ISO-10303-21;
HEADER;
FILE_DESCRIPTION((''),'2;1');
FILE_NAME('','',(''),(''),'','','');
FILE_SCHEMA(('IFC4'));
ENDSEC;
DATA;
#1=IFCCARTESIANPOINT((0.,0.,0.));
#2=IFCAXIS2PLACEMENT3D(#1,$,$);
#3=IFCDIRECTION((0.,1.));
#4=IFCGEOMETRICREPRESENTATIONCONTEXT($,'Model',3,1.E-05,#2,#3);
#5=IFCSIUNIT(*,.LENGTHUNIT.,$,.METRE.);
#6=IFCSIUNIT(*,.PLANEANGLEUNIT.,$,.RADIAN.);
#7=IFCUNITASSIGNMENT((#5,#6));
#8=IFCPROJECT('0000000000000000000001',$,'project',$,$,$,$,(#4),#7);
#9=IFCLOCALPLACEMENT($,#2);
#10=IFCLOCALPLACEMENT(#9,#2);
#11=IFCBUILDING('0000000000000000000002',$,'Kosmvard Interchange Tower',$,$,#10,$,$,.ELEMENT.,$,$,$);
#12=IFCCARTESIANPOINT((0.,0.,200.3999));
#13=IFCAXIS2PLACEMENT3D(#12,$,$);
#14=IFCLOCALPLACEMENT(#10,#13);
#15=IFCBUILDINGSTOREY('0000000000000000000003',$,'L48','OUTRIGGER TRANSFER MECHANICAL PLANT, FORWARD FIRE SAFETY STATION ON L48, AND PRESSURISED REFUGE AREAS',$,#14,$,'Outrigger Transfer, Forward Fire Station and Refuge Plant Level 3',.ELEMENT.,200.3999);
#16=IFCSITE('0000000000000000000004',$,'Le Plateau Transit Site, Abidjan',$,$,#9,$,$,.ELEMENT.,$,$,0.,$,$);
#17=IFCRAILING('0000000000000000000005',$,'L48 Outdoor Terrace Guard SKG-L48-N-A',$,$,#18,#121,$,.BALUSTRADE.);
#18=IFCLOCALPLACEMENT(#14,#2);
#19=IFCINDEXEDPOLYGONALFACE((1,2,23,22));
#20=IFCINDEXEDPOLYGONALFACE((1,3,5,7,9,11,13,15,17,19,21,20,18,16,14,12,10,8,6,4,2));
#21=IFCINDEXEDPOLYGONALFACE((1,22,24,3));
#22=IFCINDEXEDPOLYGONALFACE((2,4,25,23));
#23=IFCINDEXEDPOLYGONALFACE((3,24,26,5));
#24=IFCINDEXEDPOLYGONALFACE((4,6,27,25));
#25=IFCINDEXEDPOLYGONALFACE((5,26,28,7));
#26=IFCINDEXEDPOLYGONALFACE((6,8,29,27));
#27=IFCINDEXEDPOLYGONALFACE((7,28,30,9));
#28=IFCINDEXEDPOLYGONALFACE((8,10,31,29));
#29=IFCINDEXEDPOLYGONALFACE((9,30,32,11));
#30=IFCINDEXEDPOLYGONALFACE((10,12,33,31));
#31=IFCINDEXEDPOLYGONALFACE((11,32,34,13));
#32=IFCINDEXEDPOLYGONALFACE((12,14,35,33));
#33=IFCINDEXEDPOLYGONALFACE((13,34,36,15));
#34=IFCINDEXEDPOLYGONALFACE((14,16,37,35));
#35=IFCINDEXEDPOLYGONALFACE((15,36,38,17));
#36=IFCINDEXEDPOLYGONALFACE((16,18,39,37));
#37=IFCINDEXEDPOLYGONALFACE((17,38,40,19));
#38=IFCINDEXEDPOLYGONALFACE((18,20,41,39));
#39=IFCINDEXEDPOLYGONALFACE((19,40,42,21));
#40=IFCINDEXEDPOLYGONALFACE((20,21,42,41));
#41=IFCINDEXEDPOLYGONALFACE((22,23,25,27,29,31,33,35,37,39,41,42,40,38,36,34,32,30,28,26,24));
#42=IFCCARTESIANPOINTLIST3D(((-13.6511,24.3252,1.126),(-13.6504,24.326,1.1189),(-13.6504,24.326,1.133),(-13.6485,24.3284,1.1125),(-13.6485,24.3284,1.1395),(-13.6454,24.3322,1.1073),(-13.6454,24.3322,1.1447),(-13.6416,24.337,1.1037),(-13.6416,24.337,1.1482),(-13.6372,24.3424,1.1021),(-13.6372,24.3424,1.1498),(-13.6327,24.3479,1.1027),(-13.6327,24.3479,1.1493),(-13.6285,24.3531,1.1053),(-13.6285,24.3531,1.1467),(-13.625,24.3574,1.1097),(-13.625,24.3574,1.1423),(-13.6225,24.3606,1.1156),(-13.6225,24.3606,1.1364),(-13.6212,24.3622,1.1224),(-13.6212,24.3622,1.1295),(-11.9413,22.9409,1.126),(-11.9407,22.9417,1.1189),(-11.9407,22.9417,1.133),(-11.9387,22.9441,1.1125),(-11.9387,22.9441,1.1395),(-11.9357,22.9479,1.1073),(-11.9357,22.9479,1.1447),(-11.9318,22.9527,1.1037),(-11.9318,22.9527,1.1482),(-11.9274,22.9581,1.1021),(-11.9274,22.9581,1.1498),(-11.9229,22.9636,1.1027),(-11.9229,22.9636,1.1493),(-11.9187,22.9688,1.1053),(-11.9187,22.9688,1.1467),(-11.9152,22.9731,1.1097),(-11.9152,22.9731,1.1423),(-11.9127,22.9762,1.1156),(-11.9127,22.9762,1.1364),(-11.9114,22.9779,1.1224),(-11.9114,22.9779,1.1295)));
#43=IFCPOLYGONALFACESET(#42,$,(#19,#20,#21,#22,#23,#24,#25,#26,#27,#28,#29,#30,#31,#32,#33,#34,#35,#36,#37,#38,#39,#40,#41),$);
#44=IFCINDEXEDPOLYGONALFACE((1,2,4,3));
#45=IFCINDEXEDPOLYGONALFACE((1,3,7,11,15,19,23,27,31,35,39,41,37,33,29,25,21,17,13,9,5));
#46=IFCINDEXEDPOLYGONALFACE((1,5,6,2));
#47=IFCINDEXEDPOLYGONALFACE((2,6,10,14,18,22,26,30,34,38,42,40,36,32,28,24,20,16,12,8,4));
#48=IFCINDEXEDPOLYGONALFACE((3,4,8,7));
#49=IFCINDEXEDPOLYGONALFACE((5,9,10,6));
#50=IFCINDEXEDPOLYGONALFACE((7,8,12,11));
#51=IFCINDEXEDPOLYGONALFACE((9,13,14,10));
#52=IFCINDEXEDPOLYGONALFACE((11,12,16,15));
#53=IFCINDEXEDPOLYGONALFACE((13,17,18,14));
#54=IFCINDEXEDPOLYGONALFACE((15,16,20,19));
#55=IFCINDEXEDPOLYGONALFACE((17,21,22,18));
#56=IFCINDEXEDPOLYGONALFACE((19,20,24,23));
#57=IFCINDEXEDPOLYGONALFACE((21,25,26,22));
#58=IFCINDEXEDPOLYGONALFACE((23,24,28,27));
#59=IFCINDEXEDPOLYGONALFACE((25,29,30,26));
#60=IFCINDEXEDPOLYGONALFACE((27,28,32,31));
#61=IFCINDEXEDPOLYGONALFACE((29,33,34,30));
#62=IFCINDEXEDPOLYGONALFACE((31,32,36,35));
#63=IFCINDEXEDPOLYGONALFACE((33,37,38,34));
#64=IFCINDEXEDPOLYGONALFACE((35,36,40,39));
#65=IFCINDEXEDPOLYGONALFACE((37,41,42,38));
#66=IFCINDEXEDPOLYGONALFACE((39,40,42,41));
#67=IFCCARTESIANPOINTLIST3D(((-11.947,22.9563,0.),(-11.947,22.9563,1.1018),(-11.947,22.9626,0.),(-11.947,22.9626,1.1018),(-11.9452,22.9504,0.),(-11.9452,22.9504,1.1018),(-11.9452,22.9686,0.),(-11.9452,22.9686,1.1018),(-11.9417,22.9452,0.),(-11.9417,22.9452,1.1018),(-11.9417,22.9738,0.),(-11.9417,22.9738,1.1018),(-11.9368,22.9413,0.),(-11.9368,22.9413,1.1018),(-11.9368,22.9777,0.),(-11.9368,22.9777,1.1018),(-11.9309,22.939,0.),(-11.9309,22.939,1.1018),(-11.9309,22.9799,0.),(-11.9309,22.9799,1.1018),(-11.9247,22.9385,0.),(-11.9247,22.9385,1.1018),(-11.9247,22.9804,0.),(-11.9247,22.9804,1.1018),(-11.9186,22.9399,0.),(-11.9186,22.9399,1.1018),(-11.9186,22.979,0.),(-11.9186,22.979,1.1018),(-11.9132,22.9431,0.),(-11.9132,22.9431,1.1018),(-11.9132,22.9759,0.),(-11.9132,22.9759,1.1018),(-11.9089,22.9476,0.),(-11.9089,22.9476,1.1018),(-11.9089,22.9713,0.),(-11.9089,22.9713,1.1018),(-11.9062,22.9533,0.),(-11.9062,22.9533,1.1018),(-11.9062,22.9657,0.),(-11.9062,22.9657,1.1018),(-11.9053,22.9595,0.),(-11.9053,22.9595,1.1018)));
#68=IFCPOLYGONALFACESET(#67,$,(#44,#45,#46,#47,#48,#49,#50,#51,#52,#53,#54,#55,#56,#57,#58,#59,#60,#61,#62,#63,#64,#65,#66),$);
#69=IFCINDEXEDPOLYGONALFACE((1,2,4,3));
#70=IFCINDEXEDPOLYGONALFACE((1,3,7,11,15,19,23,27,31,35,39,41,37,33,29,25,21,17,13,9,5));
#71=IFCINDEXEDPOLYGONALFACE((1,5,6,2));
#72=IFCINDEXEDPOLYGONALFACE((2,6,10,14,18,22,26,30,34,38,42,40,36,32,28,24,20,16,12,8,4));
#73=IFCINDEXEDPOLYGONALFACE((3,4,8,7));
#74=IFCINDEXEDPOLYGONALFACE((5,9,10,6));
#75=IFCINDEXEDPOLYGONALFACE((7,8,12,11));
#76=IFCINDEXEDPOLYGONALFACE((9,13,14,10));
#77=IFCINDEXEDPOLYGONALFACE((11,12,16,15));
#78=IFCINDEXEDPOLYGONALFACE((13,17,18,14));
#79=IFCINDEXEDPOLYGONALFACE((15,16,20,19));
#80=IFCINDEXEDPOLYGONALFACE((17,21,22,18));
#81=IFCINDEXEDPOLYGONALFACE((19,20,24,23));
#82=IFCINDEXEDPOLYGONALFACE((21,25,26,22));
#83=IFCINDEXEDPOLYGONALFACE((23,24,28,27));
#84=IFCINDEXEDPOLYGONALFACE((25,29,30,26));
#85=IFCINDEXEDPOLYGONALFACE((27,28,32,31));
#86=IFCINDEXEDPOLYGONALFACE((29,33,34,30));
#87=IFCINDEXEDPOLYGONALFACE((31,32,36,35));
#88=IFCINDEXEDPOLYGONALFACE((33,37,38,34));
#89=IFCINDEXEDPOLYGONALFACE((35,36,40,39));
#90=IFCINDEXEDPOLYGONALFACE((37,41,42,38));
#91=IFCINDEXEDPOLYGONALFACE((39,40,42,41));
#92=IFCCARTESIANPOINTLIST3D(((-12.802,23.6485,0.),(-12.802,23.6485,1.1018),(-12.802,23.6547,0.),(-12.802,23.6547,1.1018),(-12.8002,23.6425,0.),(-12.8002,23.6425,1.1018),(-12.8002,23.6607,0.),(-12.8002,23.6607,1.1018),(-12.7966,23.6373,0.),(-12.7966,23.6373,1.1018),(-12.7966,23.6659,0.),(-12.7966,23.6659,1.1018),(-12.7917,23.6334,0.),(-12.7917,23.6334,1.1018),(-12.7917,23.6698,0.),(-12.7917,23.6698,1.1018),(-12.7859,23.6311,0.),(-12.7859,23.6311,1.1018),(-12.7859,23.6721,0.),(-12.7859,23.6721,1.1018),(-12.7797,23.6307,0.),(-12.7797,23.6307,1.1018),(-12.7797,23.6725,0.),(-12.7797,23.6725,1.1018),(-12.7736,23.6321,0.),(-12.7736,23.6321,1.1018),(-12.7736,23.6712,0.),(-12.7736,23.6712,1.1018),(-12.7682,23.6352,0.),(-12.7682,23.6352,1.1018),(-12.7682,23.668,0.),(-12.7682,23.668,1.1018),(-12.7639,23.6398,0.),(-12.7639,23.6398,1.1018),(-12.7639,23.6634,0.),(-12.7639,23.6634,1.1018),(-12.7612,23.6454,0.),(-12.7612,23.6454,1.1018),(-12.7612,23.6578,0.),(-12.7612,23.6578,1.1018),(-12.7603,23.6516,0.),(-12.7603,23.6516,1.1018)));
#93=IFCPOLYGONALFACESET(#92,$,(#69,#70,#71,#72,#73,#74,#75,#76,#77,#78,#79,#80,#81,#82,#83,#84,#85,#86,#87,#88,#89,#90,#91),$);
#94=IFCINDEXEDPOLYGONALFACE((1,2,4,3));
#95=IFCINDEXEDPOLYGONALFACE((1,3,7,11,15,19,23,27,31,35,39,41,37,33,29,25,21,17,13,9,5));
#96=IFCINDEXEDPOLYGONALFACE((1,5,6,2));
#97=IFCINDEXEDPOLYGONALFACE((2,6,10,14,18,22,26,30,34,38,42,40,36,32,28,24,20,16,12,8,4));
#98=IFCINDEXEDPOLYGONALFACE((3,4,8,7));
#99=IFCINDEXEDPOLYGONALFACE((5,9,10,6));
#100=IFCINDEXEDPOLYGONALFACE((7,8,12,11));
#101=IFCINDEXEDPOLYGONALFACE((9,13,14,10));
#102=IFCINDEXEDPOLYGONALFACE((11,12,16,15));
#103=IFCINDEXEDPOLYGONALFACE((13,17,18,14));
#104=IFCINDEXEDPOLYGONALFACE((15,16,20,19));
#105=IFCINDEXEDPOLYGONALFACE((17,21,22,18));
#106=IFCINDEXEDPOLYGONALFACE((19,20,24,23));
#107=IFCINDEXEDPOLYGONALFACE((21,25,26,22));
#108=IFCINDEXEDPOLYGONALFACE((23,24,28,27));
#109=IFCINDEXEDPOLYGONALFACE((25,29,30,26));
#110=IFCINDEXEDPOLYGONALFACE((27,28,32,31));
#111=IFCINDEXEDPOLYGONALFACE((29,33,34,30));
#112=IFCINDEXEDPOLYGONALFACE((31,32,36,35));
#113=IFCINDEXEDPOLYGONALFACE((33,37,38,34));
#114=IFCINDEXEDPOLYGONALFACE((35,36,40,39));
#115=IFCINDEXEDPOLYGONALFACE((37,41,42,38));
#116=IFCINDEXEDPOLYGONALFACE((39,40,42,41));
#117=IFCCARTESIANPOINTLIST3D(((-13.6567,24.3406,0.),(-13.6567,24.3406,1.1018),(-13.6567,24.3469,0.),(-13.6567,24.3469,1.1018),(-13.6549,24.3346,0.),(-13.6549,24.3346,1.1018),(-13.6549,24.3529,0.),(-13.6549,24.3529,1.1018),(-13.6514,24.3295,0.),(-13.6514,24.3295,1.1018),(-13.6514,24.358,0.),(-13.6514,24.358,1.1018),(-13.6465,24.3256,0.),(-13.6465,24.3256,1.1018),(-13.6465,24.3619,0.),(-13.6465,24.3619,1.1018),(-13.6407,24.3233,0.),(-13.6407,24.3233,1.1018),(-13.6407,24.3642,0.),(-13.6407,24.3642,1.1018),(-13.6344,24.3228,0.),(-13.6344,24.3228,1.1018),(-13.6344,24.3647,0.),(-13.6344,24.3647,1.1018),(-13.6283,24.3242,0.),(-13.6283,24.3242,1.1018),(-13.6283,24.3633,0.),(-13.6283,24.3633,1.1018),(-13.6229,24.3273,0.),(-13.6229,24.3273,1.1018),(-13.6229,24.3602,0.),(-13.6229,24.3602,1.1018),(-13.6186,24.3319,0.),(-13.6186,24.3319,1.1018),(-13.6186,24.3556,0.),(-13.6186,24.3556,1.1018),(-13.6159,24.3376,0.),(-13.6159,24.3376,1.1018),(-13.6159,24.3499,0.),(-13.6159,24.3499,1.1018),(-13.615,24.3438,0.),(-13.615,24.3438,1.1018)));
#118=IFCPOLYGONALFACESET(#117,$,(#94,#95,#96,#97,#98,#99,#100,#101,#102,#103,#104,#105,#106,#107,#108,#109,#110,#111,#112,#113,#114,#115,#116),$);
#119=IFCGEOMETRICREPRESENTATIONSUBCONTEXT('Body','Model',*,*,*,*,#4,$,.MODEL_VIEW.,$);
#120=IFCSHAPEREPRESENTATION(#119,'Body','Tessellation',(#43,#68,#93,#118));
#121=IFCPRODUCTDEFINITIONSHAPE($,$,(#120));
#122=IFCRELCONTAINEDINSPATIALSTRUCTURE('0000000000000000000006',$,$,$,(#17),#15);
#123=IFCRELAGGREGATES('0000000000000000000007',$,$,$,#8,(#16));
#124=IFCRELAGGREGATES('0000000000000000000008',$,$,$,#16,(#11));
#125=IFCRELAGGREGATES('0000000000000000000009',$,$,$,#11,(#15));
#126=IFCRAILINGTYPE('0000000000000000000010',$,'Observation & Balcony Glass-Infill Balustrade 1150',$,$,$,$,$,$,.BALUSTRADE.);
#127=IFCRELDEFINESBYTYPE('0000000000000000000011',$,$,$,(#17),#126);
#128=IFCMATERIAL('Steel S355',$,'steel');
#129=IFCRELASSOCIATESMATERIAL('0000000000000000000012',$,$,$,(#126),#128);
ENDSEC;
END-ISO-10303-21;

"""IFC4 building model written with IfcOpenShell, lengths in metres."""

from ifc_helpers import new_model, si_unit, direction, frame, origin, origin_2d, place, context, subcontext, project, spatial, circle, extrude, source, transform, mapped, material, type_object, element, save


model = new_model("IFC4")

# Units and contexts
model_context = context("Model", 3, precision=1e-05, world=origin(), true_north=direction((0.0, 1.0)))
body_context = subcontext(model_context, "Body", "Model", "MODEL_VIEW")
ifc_project = project(units=[si_unit("LENGTHUNIT", "METRE"), si_unit("PLANEANGLEUNIT", "RADIAN")], contexts=[model_context])

# Site, building, storey
site_placement = place(None, origin())
site = spatial("IfcSite", under=ifc_project, at=site_placement, Name="Le Plateau Transit Site, Abidjan", CompositionType="ELEMENT", RefElevation=0.0)
building_placement = place(site_placement, origin())
building = spatial("IfcBuilding", under=site, at=building_placement, Name="Kosmvard Interchange Tower", CompositionType="ELEMENT")
storey_placement = place(building_placement, frame((0.0, 0.0, 200.3999)))
storey = spatial("IfcBuildingStorey", under=building, at=storey_placement, Name="L48", Description="OUTRIGGER TRANSFER MECHANICAL PLANT, FORWARD FIRE SAFETY STATION ON L48, AND PRESSURISED REFUGE AREAS", LongName="Outrigger Transfer, Forward Fire Station and Refuge Plant Level 3", CompositionType="ELEMENT", Elevation=200.3999)

# Shared definitions
ifc_material_1 = material(Name="Steel S355", Category="steel")

# Railing
railing_type = type_object("IfcRailingType", Name="Observation & Balcony Glass-Infill Balustrade 1150", PredefinedType="BALUSTRADE", material=ifc_material_1)
shared_shape_1 = source(origin(), body_context, "Body", "SweptSolid", [
    extrude(circle(Radius=0.0239, at=origin_2d()), frame((0.0, 0.0, 1.126), z_axis=(-0.777196, 0.629259, 0.0), x_axis=(-0.629259, -0.777196, 0.0)), (0.0, 0.0, 1.0), 2.2),
    extrude(circle(Radius=0.021, at=origin_2d()), origin(), (0.0, 0.0, 1.0), 1.1018),
    extrude(circle(Radius=0.021, at=origin_2d()), frame((-0.855, 0.6921, 0.0)), (0.0, 0.0, 1.0), 1.1018),
    extrude(circle(Radius=0.021, at=origin_2d()), frame((-1.7097, 1.3843, 0.0)), (0.0, 0.0, 1.0), 1.1018),
])
railing_placement = place(storey_placement, frame((-11.9263, 22.9595, 0.0)))
element("IfcRailing", 1, at=railing_placement, inside=storey, type_object=railing_type, Name="L48 Outdoor Terrace Guard SKG-L48-N-A", PredefinedType="BALUSTRADE", context=body_context, shape_type="MappedRepresentation", body=[
    mapped(shared_shape_1, transform((0.0, 0.0, 0.0), scale=1.0)),
])

save(model, "model.ifc")
